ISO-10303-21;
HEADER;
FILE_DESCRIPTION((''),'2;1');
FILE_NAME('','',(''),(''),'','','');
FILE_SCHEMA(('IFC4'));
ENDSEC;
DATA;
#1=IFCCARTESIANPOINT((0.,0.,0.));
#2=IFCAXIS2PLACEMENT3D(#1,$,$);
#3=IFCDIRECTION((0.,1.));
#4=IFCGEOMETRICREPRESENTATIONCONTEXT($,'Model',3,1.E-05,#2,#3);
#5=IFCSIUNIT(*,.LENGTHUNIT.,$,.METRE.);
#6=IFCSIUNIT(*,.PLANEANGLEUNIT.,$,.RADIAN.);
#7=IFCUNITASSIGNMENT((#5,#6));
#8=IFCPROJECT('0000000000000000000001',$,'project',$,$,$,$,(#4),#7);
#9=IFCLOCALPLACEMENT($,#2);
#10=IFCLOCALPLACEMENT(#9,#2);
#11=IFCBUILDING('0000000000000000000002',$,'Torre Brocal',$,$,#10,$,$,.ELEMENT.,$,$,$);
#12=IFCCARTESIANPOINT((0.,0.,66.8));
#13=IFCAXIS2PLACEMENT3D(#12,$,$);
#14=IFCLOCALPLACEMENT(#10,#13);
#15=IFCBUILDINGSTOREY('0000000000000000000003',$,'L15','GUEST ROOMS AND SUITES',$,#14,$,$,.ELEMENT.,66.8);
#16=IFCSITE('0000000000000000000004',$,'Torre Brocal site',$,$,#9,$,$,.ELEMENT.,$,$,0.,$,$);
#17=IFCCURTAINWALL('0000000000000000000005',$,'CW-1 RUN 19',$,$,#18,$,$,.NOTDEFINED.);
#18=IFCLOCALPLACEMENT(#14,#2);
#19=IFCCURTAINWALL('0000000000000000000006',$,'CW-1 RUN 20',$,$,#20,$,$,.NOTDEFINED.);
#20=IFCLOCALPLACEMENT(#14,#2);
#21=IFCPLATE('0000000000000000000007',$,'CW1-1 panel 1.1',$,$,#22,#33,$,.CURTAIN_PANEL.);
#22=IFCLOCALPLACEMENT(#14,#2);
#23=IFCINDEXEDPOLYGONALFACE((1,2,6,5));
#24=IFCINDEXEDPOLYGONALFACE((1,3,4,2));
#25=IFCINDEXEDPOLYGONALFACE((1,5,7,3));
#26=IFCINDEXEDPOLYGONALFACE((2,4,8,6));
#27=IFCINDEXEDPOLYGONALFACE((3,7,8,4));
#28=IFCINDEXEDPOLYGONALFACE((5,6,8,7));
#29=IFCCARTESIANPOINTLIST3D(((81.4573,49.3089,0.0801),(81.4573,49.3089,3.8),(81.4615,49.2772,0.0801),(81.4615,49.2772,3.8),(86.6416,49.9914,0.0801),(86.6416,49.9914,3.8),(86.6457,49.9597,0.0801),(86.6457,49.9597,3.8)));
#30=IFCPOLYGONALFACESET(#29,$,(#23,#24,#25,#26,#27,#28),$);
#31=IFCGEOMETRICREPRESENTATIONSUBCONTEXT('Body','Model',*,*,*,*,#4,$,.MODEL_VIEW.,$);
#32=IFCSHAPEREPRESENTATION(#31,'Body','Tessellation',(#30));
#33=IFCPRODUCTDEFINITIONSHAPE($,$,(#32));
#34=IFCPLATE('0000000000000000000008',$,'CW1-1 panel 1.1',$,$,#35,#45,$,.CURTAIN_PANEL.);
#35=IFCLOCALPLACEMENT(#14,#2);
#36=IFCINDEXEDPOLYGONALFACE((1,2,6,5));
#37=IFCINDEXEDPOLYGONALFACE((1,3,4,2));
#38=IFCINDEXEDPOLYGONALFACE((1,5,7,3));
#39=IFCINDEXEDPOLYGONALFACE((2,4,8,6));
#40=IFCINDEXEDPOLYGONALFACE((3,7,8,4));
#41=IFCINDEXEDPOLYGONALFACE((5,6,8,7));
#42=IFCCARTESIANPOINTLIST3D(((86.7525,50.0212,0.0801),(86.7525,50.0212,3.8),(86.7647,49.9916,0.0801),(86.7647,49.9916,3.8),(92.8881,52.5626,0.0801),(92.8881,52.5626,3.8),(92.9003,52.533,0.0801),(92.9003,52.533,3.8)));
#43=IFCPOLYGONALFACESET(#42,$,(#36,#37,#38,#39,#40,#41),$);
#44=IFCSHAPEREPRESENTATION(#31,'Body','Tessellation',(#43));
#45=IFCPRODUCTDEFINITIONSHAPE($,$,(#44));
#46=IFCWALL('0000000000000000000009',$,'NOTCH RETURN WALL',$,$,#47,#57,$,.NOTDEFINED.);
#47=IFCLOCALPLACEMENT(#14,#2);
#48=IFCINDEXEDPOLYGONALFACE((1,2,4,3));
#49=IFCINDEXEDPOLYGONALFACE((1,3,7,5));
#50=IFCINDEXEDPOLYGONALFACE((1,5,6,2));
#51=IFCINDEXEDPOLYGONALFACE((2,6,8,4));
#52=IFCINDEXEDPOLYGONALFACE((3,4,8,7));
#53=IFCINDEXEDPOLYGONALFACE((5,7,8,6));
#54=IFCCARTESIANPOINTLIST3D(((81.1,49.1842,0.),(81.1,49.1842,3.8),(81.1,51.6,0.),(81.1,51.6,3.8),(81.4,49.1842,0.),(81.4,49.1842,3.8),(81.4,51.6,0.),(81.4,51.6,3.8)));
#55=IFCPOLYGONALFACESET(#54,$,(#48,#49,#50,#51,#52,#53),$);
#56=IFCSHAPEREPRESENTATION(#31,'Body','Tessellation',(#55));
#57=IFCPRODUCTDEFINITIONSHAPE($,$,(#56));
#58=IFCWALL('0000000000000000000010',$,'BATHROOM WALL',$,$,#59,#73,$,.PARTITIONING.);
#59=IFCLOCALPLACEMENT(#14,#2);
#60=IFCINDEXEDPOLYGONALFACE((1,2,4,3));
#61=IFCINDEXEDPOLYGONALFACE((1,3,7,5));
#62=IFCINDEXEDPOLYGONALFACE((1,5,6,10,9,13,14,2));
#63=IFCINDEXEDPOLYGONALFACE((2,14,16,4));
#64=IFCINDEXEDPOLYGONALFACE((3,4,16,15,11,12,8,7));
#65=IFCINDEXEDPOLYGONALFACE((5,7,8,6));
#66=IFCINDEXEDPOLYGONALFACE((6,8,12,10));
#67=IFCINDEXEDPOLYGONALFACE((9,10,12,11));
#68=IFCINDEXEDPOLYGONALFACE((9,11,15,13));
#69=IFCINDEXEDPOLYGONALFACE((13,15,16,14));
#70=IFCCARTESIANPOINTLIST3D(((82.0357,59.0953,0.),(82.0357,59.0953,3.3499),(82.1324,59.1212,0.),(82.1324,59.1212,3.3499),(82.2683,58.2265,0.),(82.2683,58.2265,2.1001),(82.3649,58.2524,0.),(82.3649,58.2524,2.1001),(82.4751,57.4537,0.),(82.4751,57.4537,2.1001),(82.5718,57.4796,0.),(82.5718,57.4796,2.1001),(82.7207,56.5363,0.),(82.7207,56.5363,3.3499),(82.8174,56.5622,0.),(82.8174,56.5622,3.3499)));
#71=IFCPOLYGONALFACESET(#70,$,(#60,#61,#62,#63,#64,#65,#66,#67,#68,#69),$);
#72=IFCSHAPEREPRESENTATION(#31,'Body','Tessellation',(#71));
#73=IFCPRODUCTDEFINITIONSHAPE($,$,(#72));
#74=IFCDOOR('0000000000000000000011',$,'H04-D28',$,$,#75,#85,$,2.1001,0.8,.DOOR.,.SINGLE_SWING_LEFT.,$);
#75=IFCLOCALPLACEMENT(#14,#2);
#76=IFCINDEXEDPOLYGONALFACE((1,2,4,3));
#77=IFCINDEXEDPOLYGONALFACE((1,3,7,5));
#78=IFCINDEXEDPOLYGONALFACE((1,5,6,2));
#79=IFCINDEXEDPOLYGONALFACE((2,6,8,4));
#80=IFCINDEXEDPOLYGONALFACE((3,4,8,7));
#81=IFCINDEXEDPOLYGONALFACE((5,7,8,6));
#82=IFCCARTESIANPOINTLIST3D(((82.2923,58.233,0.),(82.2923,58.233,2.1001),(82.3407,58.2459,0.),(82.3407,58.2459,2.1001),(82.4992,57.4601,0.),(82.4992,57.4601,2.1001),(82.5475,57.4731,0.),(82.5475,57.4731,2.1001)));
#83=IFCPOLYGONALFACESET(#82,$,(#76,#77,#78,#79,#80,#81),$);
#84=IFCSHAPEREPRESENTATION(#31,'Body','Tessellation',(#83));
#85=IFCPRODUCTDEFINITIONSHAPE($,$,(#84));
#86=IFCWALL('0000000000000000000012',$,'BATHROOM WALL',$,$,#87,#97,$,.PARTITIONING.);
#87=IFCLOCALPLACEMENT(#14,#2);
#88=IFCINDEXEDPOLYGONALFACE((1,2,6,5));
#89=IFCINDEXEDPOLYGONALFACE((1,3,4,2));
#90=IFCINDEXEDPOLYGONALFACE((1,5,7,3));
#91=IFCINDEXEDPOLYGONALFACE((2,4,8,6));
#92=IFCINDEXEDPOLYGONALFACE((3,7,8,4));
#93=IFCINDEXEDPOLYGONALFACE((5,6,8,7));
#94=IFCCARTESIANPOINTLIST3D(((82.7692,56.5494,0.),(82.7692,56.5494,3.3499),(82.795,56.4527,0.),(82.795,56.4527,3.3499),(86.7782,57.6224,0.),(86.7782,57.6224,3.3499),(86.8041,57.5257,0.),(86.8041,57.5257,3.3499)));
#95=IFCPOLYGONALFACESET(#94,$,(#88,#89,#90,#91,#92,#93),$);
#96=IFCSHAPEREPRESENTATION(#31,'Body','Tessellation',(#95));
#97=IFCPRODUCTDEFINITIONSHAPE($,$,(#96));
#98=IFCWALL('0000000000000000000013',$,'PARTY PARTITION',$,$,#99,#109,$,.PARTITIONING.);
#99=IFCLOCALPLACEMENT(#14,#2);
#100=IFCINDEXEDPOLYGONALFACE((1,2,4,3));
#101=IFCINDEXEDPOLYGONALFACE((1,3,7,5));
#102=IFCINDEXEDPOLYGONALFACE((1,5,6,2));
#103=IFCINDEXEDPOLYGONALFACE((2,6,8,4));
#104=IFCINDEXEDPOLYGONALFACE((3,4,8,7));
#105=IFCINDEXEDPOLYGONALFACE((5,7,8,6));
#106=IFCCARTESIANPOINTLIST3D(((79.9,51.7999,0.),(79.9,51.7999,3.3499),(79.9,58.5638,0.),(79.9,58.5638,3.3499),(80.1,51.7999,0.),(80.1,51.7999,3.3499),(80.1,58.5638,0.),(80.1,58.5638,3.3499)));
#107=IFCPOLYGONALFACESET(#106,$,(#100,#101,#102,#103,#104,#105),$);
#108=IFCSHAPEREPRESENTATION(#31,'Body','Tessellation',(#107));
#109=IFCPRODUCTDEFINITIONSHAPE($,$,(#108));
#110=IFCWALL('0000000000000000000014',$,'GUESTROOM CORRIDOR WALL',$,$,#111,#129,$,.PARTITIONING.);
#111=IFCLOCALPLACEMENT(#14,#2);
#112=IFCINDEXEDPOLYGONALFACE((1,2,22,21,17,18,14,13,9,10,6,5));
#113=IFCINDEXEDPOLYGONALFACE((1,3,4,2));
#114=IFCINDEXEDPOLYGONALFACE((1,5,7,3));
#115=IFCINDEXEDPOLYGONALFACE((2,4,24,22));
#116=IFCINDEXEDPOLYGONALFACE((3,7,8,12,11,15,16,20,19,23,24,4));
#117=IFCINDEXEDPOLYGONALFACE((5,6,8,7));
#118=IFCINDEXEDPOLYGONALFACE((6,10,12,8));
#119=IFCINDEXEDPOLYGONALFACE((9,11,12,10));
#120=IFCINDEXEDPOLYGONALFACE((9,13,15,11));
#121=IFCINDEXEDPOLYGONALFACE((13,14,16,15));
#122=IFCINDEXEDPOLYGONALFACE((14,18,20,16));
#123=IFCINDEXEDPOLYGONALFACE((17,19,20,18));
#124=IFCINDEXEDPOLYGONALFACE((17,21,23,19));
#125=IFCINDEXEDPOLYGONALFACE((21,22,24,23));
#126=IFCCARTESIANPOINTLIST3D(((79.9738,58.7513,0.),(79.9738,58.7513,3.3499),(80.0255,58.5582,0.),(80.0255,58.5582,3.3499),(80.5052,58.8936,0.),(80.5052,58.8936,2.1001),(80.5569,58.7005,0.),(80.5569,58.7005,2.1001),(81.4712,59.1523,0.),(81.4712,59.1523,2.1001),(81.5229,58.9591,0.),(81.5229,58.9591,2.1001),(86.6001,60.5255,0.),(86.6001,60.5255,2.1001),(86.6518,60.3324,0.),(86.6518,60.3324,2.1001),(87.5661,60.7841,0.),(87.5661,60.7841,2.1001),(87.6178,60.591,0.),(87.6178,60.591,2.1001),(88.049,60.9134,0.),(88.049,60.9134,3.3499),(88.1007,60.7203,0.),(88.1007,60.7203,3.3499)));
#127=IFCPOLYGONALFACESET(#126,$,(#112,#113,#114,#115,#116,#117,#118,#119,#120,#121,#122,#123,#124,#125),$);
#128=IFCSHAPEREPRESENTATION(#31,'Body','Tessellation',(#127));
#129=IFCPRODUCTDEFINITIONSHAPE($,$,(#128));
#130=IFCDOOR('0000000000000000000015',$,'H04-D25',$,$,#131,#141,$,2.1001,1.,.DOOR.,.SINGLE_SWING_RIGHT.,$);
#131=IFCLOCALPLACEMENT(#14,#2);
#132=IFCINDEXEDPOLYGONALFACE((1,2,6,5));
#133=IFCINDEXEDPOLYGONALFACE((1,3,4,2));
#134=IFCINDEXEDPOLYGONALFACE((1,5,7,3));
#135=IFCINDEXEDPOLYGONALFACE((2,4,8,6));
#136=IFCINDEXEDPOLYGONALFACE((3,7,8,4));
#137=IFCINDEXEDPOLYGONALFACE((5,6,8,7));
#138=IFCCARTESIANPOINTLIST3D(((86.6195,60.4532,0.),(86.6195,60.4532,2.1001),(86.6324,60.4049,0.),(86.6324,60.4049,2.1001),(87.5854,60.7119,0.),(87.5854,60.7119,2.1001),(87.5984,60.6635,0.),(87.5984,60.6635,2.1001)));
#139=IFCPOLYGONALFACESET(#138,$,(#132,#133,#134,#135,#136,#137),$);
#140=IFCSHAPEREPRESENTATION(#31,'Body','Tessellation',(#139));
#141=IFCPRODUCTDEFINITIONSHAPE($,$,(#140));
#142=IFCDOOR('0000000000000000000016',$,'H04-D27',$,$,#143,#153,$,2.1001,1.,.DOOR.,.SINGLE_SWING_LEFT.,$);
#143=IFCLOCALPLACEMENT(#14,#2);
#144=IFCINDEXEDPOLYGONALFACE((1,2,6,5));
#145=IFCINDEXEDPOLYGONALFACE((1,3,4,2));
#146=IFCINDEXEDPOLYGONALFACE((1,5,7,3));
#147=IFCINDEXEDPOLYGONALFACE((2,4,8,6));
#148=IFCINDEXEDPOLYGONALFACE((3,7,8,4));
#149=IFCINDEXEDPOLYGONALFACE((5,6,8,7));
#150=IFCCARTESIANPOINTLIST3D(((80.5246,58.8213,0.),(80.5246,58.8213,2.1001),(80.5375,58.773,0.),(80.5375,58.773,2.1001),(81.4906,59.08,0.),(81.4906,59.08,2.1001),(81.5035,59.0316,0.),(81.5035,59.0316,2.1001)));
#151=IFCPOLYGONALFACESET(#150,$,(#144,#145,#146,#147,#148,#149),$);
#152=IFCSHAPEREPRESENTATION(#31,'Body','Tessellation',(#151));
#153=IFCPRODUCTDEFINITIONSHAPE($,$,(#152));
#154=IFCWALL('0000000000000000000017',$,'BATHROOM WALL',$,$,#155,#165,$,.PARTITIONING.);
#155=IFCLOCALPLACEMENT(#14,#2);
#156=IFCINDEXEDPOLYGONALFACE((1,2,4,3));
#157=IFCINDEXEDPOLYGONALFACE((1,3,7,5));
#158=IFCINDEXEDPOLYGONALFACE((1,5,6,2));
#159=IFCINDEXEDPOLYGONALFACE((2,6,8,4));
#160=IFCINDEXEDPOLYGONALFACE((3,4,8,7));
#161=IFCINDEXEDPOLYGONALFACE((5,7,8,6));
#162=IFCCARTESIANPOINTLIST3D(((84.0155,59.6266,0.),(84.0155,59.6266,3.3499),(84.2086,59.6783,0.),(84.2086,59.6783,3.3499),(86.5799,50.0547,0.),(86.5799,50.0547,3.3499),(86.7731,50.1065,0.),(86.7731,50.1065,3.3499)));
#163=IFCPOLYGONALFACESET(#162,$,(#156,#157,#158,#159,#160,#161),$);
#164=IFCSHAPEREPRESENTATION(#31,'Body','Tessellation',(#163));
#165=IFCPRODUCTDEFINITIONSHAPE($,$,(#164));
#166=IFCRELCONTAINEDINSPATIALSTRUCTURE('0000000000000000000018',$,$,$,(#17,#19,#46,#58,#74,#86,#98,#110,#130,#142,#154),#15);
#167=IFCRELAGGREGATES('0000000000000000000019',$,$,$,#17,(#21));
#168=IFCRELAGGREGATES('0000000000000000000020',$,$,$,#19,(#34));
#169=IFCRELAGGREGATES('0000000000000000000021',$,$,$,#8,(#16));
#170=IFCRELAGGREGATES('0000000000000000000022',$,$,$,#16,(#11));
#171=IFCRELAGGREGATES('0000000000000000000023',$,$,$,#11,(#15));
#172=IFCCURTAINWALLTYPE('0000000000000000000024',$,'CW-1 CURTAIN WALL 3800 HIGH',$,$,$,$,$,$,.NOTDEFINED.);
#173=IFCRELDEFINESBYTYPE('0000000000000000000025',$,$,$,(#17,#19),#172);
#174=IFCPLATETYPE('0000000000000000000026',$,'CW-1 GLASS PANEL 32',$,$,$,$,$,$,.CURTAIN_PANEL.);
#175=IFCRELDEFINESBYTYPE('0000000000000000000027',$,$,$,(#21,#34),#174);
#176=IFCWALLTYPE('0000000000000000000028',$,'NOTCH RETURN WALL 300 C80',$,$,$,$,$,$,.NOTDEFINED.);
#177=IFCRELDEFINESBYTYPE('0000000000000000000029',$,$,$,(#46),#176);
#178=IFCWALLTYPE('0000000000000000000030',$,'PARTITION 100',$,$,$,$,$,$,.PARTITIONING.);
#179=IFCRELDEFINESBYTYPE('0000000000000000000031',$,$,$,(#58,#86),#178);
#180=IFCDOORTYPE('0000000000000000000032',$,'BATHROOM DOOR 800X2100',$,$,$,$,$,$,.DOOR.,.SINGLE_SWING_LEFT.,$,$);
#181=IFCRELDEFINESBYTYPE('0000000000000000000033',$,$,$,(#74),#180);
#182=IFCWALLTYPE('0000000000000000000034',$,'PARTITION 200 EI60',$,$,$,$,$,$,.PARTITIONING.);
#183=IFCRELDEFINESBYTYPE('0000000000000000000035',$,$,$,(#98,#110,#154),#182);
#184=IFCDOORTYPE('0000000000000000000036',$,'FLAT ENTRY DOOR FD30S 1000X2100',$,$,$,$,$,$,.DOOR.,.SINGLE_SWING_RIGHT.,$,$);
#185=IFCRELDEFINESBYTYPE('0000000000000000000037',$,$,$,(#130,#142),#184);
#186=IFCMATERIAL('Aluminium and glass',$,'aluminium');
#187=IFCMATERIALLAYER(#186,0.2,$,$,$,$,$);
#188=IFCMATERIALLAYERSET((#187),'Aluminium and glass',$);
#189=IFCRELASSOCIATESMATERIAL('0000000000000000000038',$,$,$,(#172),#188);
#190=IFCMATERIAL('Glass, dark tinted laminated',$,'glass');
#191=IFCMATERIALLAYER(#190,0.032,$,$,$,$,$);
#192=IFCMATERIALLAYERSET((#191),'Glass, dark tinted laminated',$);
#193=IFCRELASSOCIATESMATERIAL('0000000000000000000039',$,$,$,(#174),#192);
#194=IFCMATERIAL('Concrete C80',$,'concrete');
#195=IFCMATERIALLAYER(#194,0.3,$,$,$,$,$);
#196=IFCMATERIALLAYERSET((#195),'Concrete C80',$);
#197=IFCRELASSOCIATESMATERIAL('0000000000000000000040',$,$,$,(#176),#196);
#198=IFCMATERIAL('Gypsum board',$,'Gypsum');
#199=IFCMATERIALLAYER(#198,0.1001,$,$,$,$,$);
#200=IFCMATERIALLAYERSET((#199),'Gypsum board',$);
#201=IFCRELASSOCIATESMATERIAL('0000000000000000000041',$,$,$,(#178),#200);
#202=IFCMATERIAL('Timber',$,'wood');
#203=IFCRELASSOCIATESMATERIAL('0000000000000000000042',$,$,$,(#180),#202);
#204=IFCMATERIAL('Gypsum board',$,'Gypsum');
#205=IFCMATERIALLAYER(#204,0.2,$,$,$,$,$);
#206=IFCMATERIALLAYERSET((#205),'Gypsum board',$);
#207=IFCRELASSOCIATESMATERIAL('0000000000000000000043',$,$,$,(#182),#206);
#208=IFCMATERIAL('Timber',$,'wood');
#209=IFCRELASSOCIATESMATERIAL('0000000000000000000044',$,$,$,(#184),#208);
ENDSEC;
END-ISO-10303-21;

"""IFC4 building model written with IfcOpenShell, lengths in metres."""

from ifc_helpers import new_model, si_unit, direction, frame, frame_2d, origin, origin_2d, place, context, subcontext, project, spatial, rectangle, extrude, material, layer, layer_set, type_object, element, fill, aggregate, save


model = new_model("IFC4")

# Units and contexts
model_context = context("Model", 3, precision=1e-05, world=origin(), true_north=direction((0.0, 1.0)))
body_context = subcontext(model_context, "Body", "Model", "MODEL_VIEW")
ifc_project = project(units=[si_unit("LENGTHUNIT", "METRE"), si_unit("PLANEANGLEUNIT", "RADIAN")], contexts=[model_context])

# Site, building, storey
site_placement = place(None, origin())
site = spatial("IfcSite", under=ifc_project, at=site_placement, Name="Torre Brocal site", CompositionType="ELEMENT", RefElevation=0.0)
building_placement = place(site_placement, origin())
building = spatial("IfcBuilding", under=site, at=building_placement, Name="Torre Brocal", CompositionType="ELEMENT")
storey_placement = place(building_placement, frame((0.0, 0.0, 66.8)))
storey = spatial("IfcBuildingStorey", under=building, at=storey_placement, Name="L15", Description="GUEST ROOMS AND SUITES", CompositionType="ELEMENT", Elevation=66.8)

# Curtain wall
ifc_material_1 = material(Name="Aluminium and glass", Category="aluminium")
ifc_layer_1 = layer(ifc_material_1, 0.2)
ifc_layer_set_1 = layer_set([ifc_layer_1], Name="Aluminium and glass")
curtain_wall_type = type_object("IfcCurtainWallType", Name="CW-1 CURTAIN WALL 3800 HIGH", PredefinedType="NOTDEFINED", material=ifc_layer_set_1)
curtain_wall_1_placement = place(storey_placement, origin())
curtain_wall_1 = element("IfcCurtainWall", 1, at=curtain_wall_1_placement, inside=storey, type_object=curtain_wall_type, Name="CW-1 RUN 19", PredefinedType="NOTDEFINED")

# Curtain wall
curtain_wall_2_placement = place(storey_placement, origin())
curtain_wall_2 = element("IfcCurtainWall", 2, at=curtain_wall_2_placement, inside=storey, type_object=curtain_wall_type, Name="CW-1 RUN 20", PredefinedType="NOTDEFINED")

# Plates
ifc_material_2 = material(Name="Glass, dark tinted laminated", Category="glass")
ifc_layer_2 = layer(ifc_material_2, 0.032)
ifc_layer_set_2 = layer_set([ifc_layer_2], Name="Glass, dark tinted laminated")
plate_type = type_object("IfcPlateType", Name="CW-1 GLASS PANEL 32", PredefinedType="CURTAIN_PANEL", material=ifc_layer_set_2)
plate_1_placement = place(storey_placement, frame((84.0515, 49.6343, 0.0801), z_axis=(0.0, 0.0, 1.0), x_axis=(0.991445, 0.130526, 0.0)))
plate_1 = element("IfcPlate", 3, at=plate_1_placement, type_object=plate_type, Name="CW1-1 panel 1.1", PredefinedType="CURTAIN_PANEL", context=body_context, shape_type="SweptSolid", body=[
    extrude(rectangle(XDim=5.229, YDim=0.032, at=origin_2d()), origin(), (0.0, 0.0, 1.0), 3.72),
])
aggregate(curtain_wall_1, [plate_1])
plate_2_placement = place(storey_placement, frame((89.8264, 51.2771, 0.0801), z_axis=(0.0, 0.0, 1.0), x_axis=(0.92388, 0.382683, 0.0)))
plate_2 = element("IfcPlate", 4, at=plate_2_placement, type_object=plate_type, Name="CW1-1 panel 1.1", PredefinedType="CURTAIN_PANEL", context=body_context, shape_type="SweptSolid", body=[
    extrude(rectangle(XDim=6.6411, YDim=0.032, at=origin_2d()), origin(), (0.0, 0.0, 1.0), 3.72),
])
aggregate(curtain_wall_2, [plate_2])

# Wall
ifc_material_3 = material(Name="Concrete C80", Category="concrete")
ifc_layer_3 = layer(ifc_material_3, 0.3)
ifc_layer_set_3 = layer_set([ifc_layer_3], Name="Concrete C80")
wall_type_1 = type_object("IfcWallType", Name="NOTCH RETURN WALL 300 C80", PredefinedType="NOTDEFINED", material=ifc_layer_set_3)
wall_1_placement = place(storey_placement, frame((81.25, 51.6001, 0.0), z_axis=(0.0, 0.0, 1.0), x_axis=(0.0, -1.0, 0.0)))
element("IfcWall", 5, at=wall_1_placement, inside=storey, type_object=wall_type_1, Name="NOTCH RETURN WALL", PredefinedType="NOTDEFINED", context=body_context, shape_type="SweptSolid", body=[
    extrude(rectangle(XDim=2.4158, YDim=0.3, at=frame_2d((1.208, 0.0))), origin(), (0.0, 0.0, 1.0), 3.8),
])

# Wall, opening, door
ifc_material_4 = material(Name="Gypsum board", Category="Gypsum")
ifc_layer_4 = layer(ifc_material_4, 0.1001)
ifc_layer_set_4 = layer_set([ifc_layer_4], Name="Gypsum board")
wall_type_2 = type_object("IfcWallType", Name="PARTITION 100", PredefinedType="PARTITIONING", material=ifc_layer_set_4)
wall_2_placement = place(storey_placement, frame((82.084, 59.1084, 0.0), z_axis=(0.0, 0.0, 1.0), x_axis=(0.258592, -0.965987, 0.0)))
wall_2 = element("IfcWall", 6, at=wall_2_placement, inside=storey, type_object=wall_type_2, Name="BATHROOM WALL", PredefinedType="PARTITIONING", context=body_context, shape_type="SweptSolid", body=[
    extrude(rectangle(XDim=2.6492, YDim=0.1001, at=frame_2d((1.3247, 0.0))), origin(), (0.0, 0.0, 1.0), 3.3499),
])
opening_1_placement = place(wall_2_placement, frame((0.8997, 0.0, 0.0)))
opening_1 = element("IfcOpeningElement", 7, at=opening_1_placement, cuts=wall_2, PredefinedType="OPENING", context=body_context, shape_type="SweptSolid", body=[
    extrude(rectangle(XDim=0.8, YDim=2.1001, at=frame_2d((0.3999, 1.05))), frame((0.0, 0.0601, 0.0), z_axis=(0.0, -1.0, 0.0), x_axis=(1.0, 0.0, 0.0)), (0.0, 0.0, 1.0), 0.1201),
])
ifc_material_5 = material(Name="Timber", Category="wood")
door_type_1 = type_object("IfcDoorType", Name="BATHROOM DOOR 800X2100", OperationType="SINGLE_SWING_LEFT", PredefinedType="DOOR", material=ifc_material_5)
door_1_placement = place(opening_1_placement, origin())
door_1 = element("IfcDoor", 8, at=door_1_placement, inside=storey, type_object=door_type_1, Name="H04-D28", OperationType="SINGLE_SWING_LEFT", OverallHeight=2.1001, OverallWidth=0.8, PredefinedType="DOOR", context=body_context, shape_type="SweptSolid", body=[
    extrude(rectangle(XDim=0.8, YDim=2.1001, at=frame_2d((0.3999, 1.05))), frame((0.0, 0.0249, 0.0), z_axis=(0.0, -1.0, 0.0), x_axis=(1.0, 0.0, 0.0)), (0.0, 0.0, 1.0), 0.05),
])
fill(opening_1, door_1)

# Walls
wall_3_placement = place(storey_placement, frame((82.782, 56.501, 0.0), z_axis=(0.0, 0.0, 1.0), x_axis=(0.965999, 0.258545, 0.0)))
element("IfcWall", 9, at=wall_3_placement, inside=storey, type_object=wall_type_2, Name="BATHROOM WALL", PredefinedType="PARTITIONING", context=body_context, shape_type="SweptSolid", body=[
    extrude(rectangle(XDim=4.1501, YDim=0.1001, at=frame_2d((2.0752, 0.0))), origin(), (0.0, 0.0, 1.0), 3.3499),
])
ifc_material_6 = material(Name="Gypsum board", Category="Gypsum")
ifc_layer_5 = layer(ifc_material_6, 0.2)
ifc_layer_set_5 = layer_set([ifc_layer_5], Name="Gypsum board")
wall_type_3 = type_object("IfcWallType", Name="PARTITION 200 EI60", PredefinedType="PARTITIONING", material=ifc_layer_set_5)
wall_4_placement = place(storey_placement, frame((80.0, 51.8, 0.0), z_axis=(0.0, 0.0, 1.0), x_axis=(0.0, 1.0, 0.0)))
element("IfcWall", 10, at=wall_4_placement, inside=storey, type_object=wall_type_3, Name="PARTY PARTITION", PredefinedType="PARTITIONING", context=body_context, shape_type="SweptSolid", body=[
    extrude(rectangle(XDim=6.7639, YDim=0.2, at=frame_2d((3.3818, 0.0))), origin(), (0.0, 0.0, 1.0), 3.3499),
])

# Wall, openings, doors
wall_5_placement = place(storey_placement, frame((79.9998, 58.6548, 0.0), z_axis=(0.0, 0.0, 1.0), x_axis=(0.965975, 0.258637, 0.0)))
wall_5 = element("IfcWall", 11, at=wall_5_placement, inside=storey, type_object=wall_type_3, Name="GUESTROOM CORRIDOR WALL", PredefinedType="PARTITIONING", context=body_context, shape_type="SweptSolid", body=[
    extrude(rectangle(XDim=8.3596, YDim=0.2, at=frame_2d((4.1797, 0.0))), origin(), (0.0, 0.0, 1.0), 3.3499),
])
opening_2_placement = place(wall_5_placement, frame((6.8596, 0.0, 0.0)))
opening_2 = element("IfcOpeningElement", 12, at=opening_2_placement, cuts=wall_5, PredefinedType="OPENING", context=body_context, shape_type="SweptSolid", body=[
    extrude(rectangle(XDim=1.0, YDim=2.1001, at=frame_2d((0.5, 1.05))), frame((0.0, 0.1099, 0.0), z_axis=(0.0, -1.0, 0.0), x_axis=(1.0, 0.0, 0.0)), (0.0, 0.0, 1.0), 0.22),
])
opening_3_placement = place(wall_5_placement, frame((0.55, 0.0, 0.0)))
opening_3 = element("IfcOpeningElement", 13, at=opening_3_placement, cuts=wall_5, PredefinedType="OPENING", context=body_context, shape_type="SweptSolid", body=[
    extrude(rectangle(XDim=1.0, YDim=2.1001, at=frame_2d((0.5, 1.05))), frame((0.0, 0.1099, 0.0), z_axis=(0.0, -1.0, 0.0), x_axis=(1.0, 0.0, 0.0)), (0.0, 0.0, 1.0), 0.22),
])
ifc_material_7 = material(Name="Timber", Category="wood")
door_type_2 = type_object("IfcDoorType", Name="FLAT ENTRY DOOR FD30S 1000X2100", OperationType="SINGLE_SWING_RIGHT", PredefinedType="DOOR", material=ifc_material_7)
door_2_placement = place(opening_2_placement, frame((1.0, 0.0, 0.0), z_axis=(0.0, 0.0, 1.0), x_axis=(-1.0, 0.0, 0.0)))
door_2 = element("IfcDoor", 14, at=door_2_placement, inside=storey, type_object=door_type_2, Name="H04-D25", OperationType="SINGLE_SWING_RIGHT", OverallHeight=2.1001, OverallWidth=1.0, PredefinedType="DOOR", context=body_context, shape_type="SweptSolid", body=[
    extrude(rectangle(XDim=1.0, YDim=2.1001, at=frame_2d((0.5, 1.05))), frame((0.0, 0.0249, 0.0), z_axis=(0.0, -1.0, 0.0), x_axis=(1.0, 0.0, 0.0)), (0.0, 0.0, 1.0), 0.05),
])
fill(opening_2, door_2)
door_3_placement = place(opening_3_placement, frame((1.0, 0.0, 0.0), z_axis=(0.0, 0.0, 1.0), x_axis=(-1.0, 0.0, 0.0)))
door_3 = element("IfcDoor", 15, at=door_3_placement, inside=storey, type_object=door_type_2, Name="H04-D27", OperationType="SINGLE_SWING_LEFT", OverallHeight=2.1001, OverallWidth=1.0, PredefinedType="DOOR", context=body_context, shape_type="SweptSolid", body=[
    extrude(rectangle(XDim=1.0, YDim=2.1001, at=frame_2d((0.5, 1.05))), frame((0.0, 0.0249, 0.0), z_axis=(0.0, -1.0, 0.0), x_axis=(1.0, 0.0, 0.0)), (0.0, 0.0, 1.0), 0.05),
])
fill(opening_3, door_3)

# Wall
wall_6_placement = place(storey_placement, frame((84.1121, 59.6523, 0.0), z_axis=(0.0, 0.0, 1.0), x_axis=(0.258791, -0.965933, 0.0)))
element("IfcWall", 16, at=wall_6_placement, inside=storey, type_object=wall_type_3, Name="BATHROOM WALL", PredefinedType="PARTITIONING", context=body_context, shape_type="SweptSolid", body=[
    extrude(rectangle(XDim=9.9094, YDim=0.2, at=frame_2d((4.9546, 0.0))), origin(), (0.0, 0.0, 1.0), 3.3499),
])

save(model, "model.ifc")
